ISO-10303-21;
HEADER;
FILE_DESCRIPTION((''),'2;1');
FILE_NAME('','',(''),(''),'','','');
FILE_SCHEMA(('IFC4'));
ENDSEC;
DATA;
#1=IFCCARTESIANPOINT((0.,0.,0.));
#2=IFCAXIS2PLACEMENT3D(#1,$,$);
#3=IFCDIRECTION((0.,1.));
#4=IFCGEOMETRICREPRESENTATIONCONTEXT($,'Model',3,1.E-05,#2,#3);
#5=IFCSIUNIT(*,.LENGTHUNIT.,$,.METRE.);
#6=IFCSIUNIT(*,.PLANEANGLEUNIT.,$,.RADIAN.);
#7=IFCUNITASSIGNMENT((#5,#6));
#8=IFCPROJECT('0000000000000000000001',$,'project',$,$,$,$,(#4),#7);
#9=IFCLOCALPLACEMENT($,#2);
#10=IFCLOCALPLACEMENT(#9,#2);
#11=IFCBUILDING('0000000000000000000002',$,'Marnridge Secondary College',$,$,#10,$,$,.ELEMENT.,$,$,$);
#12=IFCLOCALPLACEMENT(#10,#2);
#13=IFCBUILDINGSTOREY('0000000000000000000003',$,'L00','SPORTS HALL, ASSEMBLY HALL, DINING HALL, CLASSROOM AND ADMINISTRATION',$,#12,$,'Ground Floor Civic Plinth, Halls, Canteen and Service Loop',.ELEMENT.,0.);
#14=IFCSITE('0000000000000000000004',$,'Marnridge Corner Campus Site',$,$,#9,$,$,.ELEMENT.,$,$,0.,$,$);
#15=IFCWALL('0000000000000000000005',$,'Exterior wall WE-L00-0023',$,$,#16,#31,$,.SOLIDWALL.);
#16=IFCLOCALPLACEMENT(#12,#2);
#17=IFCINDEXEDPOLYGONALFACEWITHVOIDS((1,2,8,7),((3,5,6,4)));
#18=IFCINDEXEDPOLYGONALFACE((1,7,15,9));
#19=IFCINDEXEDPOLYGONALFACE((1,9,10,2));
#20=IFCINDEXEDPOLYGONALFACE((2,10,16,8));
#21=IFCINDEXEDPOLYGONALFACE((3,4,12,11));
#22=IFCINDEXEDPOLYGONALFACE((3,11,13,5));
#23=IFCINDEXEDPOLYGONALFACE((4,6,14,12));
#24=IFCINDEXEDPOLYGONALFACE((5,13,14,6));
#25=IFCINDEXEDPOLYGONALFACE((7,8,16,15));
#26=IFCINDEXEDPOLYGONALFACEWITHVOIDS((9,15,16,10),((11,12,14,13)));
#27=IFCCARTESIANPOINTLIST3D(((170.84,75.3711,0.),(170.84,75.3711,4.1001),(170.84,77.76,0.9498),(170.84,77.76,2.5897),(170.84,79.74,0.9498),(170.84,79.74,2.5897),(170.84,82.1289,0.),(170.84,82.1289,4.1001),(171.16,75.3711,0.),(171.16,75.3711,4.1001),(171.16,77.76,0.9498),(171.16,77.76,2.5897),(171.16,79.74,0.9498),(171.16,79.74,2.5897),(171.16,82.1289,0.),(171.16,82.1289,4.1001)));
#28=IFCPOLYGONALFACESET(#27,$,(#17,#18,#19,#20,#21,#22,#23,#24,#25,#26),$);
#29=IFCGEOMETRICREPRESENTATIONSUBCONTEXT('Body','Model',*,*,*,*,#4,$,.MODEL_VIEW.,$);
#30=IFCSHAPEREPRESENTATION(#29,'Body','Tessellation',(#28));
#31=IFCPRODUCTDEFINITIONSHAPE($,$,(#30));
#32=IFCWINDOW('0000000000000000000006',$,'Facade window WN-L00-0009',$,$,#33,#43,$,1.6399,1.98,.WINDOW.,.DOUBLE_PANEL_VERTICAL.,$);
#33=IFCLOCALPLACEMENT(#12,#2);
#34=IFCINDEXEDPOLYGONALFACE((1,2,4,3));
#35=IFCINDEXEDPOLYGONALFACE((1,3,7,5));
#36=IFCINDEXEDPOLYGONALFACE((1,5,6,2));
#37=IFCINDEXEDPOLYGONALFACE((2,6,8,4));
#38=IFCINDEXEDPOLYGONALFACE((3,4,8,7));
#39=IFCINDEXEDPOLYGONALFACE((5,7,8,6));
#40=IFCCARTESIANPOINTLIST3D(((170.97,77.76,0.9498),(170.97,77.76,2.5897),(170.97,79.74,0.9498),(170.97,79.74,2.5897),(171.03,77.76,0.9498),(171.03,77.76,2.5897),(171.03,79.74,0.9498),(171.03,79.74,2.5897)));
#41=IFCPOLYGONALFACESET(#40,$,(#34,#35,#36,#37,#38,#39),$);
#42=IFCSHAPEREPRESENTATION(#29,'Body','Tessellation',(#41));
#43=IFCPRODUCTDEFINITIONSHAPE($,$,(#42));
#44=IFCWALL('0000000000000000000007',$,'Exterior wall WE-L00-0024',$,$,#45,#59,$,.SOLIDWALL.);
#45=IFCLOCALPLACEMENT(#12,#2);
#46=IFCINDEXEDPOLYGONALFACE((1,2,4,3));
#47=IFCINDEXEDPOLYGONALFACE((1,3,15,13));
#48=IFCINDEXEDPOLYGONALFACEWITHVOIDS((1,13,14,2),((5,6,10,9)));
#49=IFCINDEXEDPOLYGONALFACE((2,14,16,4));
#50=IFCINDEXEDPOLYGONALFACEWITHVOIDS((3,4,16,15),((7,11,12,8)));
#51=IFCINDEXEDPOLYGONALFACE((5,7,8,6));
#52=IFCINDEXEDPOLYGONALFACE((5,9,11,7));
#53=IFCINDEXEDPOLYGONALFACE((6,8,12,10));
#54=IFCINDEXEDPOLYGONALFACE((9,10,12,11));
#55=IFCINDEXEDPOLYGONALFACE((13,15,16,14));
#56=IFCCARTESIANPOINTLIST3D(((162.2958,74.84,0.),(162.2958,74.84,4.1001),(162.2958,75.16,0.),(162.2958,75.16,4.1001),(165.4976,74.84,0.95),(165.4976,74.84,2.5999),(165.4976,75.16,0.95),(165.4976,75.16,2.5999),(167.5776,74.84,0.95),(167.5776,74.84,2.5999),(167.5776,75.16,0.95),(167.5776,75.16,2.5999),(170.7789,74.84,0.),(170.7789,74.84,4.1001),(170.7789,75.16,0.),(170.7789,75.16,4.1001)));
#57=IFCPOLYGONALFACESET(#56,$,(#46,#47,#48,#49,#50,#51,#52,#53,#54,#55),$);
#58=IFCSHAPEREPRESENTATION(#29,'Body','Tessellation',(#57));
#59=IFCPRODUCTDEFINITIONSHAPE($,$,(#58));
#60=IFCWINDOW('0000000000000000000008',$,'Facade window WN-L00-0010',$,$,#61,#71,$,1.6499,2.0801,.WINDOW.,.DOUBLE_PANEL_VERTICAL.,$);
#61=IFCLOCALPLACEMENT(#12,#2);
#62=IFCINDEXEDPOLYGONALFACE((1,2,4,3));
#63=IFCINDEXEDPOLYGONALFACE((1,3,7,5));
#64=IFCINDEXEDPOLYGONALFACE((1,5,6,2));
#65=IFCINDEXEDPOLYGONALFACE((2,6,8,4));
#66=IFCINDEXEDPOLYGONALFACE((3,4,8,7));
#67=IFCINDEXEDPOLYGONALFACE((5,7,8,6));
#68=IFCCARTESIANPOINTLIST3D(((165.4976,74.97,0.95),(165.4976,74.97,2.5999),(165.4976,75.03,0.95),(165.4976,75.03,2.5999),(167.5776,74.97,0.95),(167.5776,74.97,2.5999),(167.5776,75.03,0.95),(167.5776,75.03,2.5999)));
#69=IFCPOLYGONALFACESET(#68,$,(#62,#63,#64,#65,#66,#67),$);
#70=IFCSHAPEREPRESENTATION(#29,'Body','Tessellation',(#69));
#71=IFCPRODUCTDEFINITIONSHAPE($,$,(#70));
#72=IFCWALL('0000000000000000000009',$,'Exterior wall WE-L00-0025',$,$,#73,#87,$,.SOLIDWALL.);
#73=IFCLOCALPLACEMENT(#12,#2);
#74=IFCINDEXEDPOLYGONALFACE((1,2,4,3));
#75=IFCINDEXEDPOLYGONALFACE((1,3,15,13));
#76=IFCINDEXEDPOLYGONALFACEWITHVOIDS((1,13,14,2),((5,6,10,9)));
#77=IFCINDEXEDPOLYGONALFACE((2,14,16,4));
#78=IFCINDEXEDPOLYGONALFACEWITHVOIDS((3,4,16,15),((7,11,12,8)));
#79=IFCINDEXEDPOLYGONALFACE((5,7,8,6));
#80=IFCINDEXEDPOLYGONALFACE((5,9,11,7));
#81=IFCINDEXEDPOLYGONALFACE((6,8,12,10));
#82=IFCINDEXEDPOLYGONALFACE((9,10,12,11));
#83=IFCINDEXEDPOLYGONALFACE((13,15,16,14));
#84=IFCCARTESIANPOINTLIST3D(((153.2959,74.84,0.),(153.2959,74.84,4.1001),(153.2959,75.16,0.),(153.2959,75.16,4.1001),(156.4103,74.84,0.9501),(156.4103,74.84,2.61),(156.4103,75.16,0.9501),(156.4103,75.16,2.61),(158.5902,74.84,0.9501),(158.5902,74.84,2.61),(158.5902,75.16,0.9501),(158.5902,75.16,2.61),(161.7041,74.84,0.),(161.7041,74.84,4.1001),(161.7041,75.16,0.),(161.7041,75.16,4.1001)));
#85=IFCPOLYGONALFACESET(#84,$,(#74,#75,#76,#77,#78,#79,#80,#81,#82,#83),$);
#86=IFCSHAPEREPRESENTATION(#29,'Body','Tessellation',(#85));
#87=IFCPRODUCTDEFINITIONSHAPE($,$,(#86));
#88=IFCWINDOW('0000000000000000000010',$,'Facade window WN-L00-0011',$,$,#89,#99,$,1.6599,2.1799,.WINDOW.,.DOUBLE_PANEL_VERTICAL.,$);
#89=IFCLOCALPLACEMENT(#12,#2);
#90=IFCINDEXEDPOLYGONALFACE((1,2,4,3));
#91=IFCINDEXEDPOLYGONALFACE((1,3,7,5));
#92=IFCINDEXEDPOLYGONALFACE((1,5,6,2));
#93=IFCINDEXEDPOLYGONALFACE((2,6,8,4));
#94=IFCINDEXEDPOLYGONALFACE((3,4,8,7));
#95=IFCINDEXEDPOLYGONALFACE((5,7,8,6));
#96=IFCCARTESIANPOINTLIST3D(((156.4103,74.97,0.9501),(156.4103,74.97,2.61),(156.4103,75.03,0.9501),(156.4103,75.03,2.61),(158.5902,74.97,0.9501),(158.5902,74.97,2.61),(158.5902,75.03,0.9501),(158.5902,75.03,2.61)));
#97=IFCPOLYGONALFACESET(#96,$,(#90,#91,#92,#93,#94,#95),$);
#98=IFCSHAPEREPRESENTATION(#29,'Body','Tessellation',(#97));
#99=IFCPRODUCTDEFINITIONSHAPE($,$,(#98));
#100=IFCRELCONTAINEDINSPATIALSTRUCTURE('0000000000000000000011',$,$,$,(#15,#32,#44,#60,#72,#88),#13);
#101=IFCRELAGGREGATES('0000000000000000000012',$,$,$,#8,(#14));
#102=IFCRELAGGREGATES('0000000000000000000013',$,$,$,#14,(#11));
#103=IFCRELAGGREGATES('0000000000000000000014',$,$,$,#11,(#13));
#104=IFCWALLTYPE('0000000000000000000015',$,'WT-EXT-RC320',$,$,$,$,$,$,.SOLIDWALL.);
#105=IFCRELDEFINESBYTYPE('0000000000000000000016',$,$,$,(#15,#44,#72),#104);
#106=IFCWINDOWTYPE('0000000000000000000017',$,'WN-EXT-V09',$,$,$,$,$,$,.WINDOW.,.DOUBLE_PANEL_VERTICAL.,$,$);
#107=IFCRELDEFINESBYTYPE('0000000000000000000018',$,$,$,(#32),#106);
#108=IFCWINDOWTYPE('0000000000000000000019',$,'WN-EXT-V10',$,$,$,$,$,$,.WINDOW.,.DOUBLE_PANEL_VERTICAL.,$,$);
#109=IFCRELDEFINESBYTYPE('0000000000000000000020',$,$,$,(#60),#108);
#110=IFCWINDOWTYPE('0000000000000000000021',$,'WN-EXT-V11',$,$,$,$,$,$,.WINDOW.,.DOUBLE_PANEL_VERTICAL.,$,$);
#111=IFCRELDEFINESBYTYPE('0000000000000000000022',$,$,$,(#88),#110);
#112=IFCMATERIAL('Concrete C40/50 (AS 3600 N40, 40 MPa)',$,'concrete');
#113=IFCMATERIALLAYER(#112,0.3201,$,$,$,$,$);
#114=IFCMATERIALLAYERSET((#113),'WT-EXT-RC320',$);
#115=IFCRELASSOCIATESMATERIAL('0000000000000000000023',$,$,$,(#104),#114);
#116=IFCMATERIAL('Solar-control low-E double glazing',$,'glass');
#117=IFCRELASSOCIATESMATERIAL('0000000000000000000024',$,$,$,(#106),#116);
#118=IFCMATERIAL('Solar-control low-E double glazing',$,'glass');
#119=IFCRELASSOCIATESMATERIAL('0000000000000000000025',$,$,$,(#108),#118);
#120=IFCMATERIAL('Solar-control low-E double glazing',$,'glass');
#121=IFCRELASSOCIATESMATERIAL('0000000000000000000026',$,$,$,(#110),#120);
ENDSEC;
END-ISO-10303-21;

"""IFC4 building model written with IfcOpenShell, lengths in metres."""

from ifc_helpers import new_model, si_unit, direction, frame, frame_2d, origin, place, context, subcontext, project, spatial, rectangle, extrude, material, layer, layer_set, type_object, element, fill, save


model = new_model("IFC4")

# Units and contexts
model_context = context("Model", 3, precision=1e-05, world=origin(), true_north=direction((0.0, 1.0)))
body_context = subcontext(model_context, "Body", "Model", "MODEL_VIEW")
ifc_project = project(units=[si_unit("LENGTHUNIT", "METRE"), si_unit("PLANEANGLEUNIT", "RADIAN")], contexts=[model_context])

# Site, building, storey
site_placement = place(None, origin())
site = spatial("IfcSite", under=ifc_project, at=site_placement, Name="Marnridge Corner Campus Site", CompositionType="ELEMENT", RefElevation=0.0)
building_placement = place(site_placement, origin())
building = spatial("IfcBuilding", under=site, at=building_placement, Name="Marnridge Secondary College", CompositionType="ELEMENT")
storey_placement = place(building_placement, origin())
storey = spatial("IfcBuildingStorey", under=building, at=storey_placement, Name="L00", Description="SPORTS HALL, ASSEMBLY HALL, DINING HALL, CLASSROOM AND ADMINISTRATION", LongName="Ground Floor Civic Plinth, Halls, Canteen and Service Loop", CompositionType="ELEMENT", Elevation=0.0)

# Walls, openings, windows
ifc_material_1 = material(Name="Concrete C40/50 (AS 3600 N40, 40 MPa)", Category="concrete")
ifc_layer_1 = layer(ifc_material_1, 0.3201)
ifc_layer_set_1 = layer_set([ifc_layer_1], Name="WT-EXT-RC320")
wall_type = type_object("IfcWallType", Name="WT-EXT-RC320", PredefinedType="SOLIDWALL", material=ifc_layer_set_1)
wall_1_placement = place(storey_placement, frame((171.0, 82.1289, 0.0), z_axis=(0.0, 0.0, 1.0), x_axis=(0.0, -1.0, 0.0)))
wall_1 = element("IfcWall", 1, at=wall_1_placement, inside=storey, type_object=wall_type, Name="Exterior wall WE-L00-0023", PredefinedType="SOLIDWALL", context=body_context, shape_type="SweptSolid", body=[
    extrude(rectangle(XDim=6.7578, YDim=0.3201, at=frame_2d((3.3789, 0.0))), origin(), (0.0, 0.0, 1.0), 4.1001),
])
opening_1_placement = place(wall_1_placement, frame((2.3889, 0.0, 0.95)))
opening_1 = element("IfcOpeningElement", 2, at=opening_1_placement, cuts=wall_1, PredefinedType="OPENING", context=body_context, shape_type="SweptSolid", body=[
    extrude(rectangle(XDim=1.98, YDim=1.6399, at=frame_2d((0.99, 0.8198))), frame((0.0, 0.1699, 0.0), z_axis=(0.0, -1.0, 0.0), x_axis=(1.0, 0.0, 0.0)), (0.0, 0.0, 1.0), 0.3401),
])
ifc_material_2 = material(Name="Solar-control low-E double glazing", Category="glass")
window_type_1 = type_object("IfcWindowType", Name="WN-EXT-V09", PartitioningType="DOUBLE_PANEL_VERTICAL", PredefinedType="WINDOW", material=ifc_material_2)
window_1_placement = place(opening_1_placement, origin())
window_1 = element("IfcWindow", 3, at=window_1_placement, inside=storey, type_object=window_type_1, Name="Facade window WN-L00-0009", OverallHeight=1.6399, OverallWidth=1.98, PartitioningType="DOUBLE_PANEL_VERTICAL", PredefinedType="WINDOW", context=body_context, shape_type="SweptSolid", body=[
    extrude(rectangle(XDim=1.98, YDim=1.6399, at=frame_2d((0.99, 0.8198))), frame((0.0, 0.03, 0.0), z_axis=(0.0, -1.0, 0.0), x_axis=(1.0, 0.0, 0.0)), (0.0, 0.0, 1.0), 0.0601),
])
fill(opening_1, window_1)
wall_2_placement = place(storey_placement, frame((170.7791, 75.0, 0.0), z_axis=(0.0, 0.0, 1.0), x_axis=(-1.0, 0.0, 0.0)))
wall_2 = element("IfcWall", 4, at=wall_2_placement, inside=storey, type_object=wall_type, Name="Exterior wall WE-L00-0024", PredefinedType="SOLIDWALL", context=body_context, shape_type="SweptSolid", body=[
    extrude(rectangle(XDim=8.4832, YDim=0.3201, at=frame_2d((4.2417, 0.0))), origin(), (0.0, 0.0, 1.0), 4.1001),
])
opening_2_placement = place(wall_2_placement, frame((3.2014, 0.0, 0.95)))
opening_2 = element("IfcOpeningElement", 5, at=opening_2_placement, cuts=wall_2, PredefinedType="OPENING", context=body_context, shape_type="SweptSolid", body=[
    extrude(rectangle(XDim=2.0801, YDim=1.6499, at=frame_2d((1.04, 0.825))), frame((0.0, 0.1699, 0.0), z_axis=(0.0, -1.0, 0.0), x_axis=(1.0, 0.0, 0.0)), (0.0, 0.0, 1.0), 0.3401),
])
ifc_material_3 = material(Name="Solar-control low-E double glazing", Category="glass")
window_type_2 = type_object("IfcWindowType", Name="WN-EXT-V10", PartitioningType="DOUBLE_PANEL_VERTICAL", PredefinedType="WINDOW", material=ifc_material_3)
window_2_placement = place(opening_2_placement, origin())
window_2 = element("IfcWindow", 6, at=window_2_placement, inside=storey, type_object=window_type_2, Name="Facade window WN-L00-0010", OverallHeight=1.6499, OverallWidth=2.0801, PartitioningType="DOUBLE_PANEL_VERTICAL", PredefinedType="WINDOW", context=body_context, shape_type="SweptSolid", body=[
    extrude(rectangle(XDim=2.0801, YDim=1.6499, at=frame_2d((1.04, 0.825))), frame((0.0, 0.03, 0.0), z_axis=(0.0, -1.0, 0.0), x_axis=(1.0, 0.0, 0.0)), (0.0, 0.0, 1.0), 0.0601),
])
fill(opening_2, window_2)
wall_3_placement = place(storey_placement, frame((161.7041, 75.0, 0.0), z_axis=(0.0, 0.0, 1.0), x_axis=(-1.0, 0.0, 0.0)))
wall_3 = element("IfcWall", 7, at=wall_3_placement, inside=storey, type_object=wall_type, Name="Exterior wall WE-L00-0025", PredefinedType="SOLIDWALL", context=body_context, shape_type="SweptSolid", body=[
    extrude(rectangle(XDim=8.4082, YDim=0.3201, at=frame_2d((4.2041, 0.0))), origin(), (0.0, 0.0, 1.0), 4.1001),
])
opening_3_placement = place(wall_3_placement, frame((3.114, 0.0, 0.95)))
opening_3 = element("IfcOpeningElement", 8, at=opening_3_placement, cuts=wall_3, PredefinedType="OPENING", context=body_context, shape_type="SweptSolid", body=[
    extrude(rectangle(XDim=2.1799, YDim=1.6599, at=frame_2d((1.0898, 0.8301))), frame((0.0, 0.1699, 0.0), z_axis=(0.0, -1.0, 0.0), x_axis=(1.0, 0.0, 0.0)), (0.0, 0.0, 1.0), 0.3401),
])
ifc_material_4 = material(Name="Solar-control low-E double glazing", Category="glass")
window_type_3 = type_object("IfcWindowType", Name="WN-EXT-V11", PartitioningType="DOUBLE_PANEL_VERTICAL", PredefinedType="WINDOW", material=ifc_material_4)
window_3_placement = place(opening_3_placement, origin())
window_3 = element("IfcWindow", 9, at=window_3_placement, inside=storey, type_object=window_type_3, Name="Facade window WN-L00-0011", OverallHeight=1.6599, OverallWidth=2.1799, PartitioningType="DOUBLE_PANEL_VERTICAL", PredefinedType="WINDOW", context=body_context, shape_type="SweptSolid", body=[
    extrude(rectangle(XDim=2.1799, YDim=1.6599, at=frame_2d((1.0898, 0.8301))), frame((0.0, 0.03, 0.0), z_axis=(0.0, -1.0, 0.0), x_axis=(1.0, 0.0, 0.0)), (0.0, 0.0, 1.0), 0.0601),
])
fill(opening_3, window_3)

save(model, "model.ifc")
